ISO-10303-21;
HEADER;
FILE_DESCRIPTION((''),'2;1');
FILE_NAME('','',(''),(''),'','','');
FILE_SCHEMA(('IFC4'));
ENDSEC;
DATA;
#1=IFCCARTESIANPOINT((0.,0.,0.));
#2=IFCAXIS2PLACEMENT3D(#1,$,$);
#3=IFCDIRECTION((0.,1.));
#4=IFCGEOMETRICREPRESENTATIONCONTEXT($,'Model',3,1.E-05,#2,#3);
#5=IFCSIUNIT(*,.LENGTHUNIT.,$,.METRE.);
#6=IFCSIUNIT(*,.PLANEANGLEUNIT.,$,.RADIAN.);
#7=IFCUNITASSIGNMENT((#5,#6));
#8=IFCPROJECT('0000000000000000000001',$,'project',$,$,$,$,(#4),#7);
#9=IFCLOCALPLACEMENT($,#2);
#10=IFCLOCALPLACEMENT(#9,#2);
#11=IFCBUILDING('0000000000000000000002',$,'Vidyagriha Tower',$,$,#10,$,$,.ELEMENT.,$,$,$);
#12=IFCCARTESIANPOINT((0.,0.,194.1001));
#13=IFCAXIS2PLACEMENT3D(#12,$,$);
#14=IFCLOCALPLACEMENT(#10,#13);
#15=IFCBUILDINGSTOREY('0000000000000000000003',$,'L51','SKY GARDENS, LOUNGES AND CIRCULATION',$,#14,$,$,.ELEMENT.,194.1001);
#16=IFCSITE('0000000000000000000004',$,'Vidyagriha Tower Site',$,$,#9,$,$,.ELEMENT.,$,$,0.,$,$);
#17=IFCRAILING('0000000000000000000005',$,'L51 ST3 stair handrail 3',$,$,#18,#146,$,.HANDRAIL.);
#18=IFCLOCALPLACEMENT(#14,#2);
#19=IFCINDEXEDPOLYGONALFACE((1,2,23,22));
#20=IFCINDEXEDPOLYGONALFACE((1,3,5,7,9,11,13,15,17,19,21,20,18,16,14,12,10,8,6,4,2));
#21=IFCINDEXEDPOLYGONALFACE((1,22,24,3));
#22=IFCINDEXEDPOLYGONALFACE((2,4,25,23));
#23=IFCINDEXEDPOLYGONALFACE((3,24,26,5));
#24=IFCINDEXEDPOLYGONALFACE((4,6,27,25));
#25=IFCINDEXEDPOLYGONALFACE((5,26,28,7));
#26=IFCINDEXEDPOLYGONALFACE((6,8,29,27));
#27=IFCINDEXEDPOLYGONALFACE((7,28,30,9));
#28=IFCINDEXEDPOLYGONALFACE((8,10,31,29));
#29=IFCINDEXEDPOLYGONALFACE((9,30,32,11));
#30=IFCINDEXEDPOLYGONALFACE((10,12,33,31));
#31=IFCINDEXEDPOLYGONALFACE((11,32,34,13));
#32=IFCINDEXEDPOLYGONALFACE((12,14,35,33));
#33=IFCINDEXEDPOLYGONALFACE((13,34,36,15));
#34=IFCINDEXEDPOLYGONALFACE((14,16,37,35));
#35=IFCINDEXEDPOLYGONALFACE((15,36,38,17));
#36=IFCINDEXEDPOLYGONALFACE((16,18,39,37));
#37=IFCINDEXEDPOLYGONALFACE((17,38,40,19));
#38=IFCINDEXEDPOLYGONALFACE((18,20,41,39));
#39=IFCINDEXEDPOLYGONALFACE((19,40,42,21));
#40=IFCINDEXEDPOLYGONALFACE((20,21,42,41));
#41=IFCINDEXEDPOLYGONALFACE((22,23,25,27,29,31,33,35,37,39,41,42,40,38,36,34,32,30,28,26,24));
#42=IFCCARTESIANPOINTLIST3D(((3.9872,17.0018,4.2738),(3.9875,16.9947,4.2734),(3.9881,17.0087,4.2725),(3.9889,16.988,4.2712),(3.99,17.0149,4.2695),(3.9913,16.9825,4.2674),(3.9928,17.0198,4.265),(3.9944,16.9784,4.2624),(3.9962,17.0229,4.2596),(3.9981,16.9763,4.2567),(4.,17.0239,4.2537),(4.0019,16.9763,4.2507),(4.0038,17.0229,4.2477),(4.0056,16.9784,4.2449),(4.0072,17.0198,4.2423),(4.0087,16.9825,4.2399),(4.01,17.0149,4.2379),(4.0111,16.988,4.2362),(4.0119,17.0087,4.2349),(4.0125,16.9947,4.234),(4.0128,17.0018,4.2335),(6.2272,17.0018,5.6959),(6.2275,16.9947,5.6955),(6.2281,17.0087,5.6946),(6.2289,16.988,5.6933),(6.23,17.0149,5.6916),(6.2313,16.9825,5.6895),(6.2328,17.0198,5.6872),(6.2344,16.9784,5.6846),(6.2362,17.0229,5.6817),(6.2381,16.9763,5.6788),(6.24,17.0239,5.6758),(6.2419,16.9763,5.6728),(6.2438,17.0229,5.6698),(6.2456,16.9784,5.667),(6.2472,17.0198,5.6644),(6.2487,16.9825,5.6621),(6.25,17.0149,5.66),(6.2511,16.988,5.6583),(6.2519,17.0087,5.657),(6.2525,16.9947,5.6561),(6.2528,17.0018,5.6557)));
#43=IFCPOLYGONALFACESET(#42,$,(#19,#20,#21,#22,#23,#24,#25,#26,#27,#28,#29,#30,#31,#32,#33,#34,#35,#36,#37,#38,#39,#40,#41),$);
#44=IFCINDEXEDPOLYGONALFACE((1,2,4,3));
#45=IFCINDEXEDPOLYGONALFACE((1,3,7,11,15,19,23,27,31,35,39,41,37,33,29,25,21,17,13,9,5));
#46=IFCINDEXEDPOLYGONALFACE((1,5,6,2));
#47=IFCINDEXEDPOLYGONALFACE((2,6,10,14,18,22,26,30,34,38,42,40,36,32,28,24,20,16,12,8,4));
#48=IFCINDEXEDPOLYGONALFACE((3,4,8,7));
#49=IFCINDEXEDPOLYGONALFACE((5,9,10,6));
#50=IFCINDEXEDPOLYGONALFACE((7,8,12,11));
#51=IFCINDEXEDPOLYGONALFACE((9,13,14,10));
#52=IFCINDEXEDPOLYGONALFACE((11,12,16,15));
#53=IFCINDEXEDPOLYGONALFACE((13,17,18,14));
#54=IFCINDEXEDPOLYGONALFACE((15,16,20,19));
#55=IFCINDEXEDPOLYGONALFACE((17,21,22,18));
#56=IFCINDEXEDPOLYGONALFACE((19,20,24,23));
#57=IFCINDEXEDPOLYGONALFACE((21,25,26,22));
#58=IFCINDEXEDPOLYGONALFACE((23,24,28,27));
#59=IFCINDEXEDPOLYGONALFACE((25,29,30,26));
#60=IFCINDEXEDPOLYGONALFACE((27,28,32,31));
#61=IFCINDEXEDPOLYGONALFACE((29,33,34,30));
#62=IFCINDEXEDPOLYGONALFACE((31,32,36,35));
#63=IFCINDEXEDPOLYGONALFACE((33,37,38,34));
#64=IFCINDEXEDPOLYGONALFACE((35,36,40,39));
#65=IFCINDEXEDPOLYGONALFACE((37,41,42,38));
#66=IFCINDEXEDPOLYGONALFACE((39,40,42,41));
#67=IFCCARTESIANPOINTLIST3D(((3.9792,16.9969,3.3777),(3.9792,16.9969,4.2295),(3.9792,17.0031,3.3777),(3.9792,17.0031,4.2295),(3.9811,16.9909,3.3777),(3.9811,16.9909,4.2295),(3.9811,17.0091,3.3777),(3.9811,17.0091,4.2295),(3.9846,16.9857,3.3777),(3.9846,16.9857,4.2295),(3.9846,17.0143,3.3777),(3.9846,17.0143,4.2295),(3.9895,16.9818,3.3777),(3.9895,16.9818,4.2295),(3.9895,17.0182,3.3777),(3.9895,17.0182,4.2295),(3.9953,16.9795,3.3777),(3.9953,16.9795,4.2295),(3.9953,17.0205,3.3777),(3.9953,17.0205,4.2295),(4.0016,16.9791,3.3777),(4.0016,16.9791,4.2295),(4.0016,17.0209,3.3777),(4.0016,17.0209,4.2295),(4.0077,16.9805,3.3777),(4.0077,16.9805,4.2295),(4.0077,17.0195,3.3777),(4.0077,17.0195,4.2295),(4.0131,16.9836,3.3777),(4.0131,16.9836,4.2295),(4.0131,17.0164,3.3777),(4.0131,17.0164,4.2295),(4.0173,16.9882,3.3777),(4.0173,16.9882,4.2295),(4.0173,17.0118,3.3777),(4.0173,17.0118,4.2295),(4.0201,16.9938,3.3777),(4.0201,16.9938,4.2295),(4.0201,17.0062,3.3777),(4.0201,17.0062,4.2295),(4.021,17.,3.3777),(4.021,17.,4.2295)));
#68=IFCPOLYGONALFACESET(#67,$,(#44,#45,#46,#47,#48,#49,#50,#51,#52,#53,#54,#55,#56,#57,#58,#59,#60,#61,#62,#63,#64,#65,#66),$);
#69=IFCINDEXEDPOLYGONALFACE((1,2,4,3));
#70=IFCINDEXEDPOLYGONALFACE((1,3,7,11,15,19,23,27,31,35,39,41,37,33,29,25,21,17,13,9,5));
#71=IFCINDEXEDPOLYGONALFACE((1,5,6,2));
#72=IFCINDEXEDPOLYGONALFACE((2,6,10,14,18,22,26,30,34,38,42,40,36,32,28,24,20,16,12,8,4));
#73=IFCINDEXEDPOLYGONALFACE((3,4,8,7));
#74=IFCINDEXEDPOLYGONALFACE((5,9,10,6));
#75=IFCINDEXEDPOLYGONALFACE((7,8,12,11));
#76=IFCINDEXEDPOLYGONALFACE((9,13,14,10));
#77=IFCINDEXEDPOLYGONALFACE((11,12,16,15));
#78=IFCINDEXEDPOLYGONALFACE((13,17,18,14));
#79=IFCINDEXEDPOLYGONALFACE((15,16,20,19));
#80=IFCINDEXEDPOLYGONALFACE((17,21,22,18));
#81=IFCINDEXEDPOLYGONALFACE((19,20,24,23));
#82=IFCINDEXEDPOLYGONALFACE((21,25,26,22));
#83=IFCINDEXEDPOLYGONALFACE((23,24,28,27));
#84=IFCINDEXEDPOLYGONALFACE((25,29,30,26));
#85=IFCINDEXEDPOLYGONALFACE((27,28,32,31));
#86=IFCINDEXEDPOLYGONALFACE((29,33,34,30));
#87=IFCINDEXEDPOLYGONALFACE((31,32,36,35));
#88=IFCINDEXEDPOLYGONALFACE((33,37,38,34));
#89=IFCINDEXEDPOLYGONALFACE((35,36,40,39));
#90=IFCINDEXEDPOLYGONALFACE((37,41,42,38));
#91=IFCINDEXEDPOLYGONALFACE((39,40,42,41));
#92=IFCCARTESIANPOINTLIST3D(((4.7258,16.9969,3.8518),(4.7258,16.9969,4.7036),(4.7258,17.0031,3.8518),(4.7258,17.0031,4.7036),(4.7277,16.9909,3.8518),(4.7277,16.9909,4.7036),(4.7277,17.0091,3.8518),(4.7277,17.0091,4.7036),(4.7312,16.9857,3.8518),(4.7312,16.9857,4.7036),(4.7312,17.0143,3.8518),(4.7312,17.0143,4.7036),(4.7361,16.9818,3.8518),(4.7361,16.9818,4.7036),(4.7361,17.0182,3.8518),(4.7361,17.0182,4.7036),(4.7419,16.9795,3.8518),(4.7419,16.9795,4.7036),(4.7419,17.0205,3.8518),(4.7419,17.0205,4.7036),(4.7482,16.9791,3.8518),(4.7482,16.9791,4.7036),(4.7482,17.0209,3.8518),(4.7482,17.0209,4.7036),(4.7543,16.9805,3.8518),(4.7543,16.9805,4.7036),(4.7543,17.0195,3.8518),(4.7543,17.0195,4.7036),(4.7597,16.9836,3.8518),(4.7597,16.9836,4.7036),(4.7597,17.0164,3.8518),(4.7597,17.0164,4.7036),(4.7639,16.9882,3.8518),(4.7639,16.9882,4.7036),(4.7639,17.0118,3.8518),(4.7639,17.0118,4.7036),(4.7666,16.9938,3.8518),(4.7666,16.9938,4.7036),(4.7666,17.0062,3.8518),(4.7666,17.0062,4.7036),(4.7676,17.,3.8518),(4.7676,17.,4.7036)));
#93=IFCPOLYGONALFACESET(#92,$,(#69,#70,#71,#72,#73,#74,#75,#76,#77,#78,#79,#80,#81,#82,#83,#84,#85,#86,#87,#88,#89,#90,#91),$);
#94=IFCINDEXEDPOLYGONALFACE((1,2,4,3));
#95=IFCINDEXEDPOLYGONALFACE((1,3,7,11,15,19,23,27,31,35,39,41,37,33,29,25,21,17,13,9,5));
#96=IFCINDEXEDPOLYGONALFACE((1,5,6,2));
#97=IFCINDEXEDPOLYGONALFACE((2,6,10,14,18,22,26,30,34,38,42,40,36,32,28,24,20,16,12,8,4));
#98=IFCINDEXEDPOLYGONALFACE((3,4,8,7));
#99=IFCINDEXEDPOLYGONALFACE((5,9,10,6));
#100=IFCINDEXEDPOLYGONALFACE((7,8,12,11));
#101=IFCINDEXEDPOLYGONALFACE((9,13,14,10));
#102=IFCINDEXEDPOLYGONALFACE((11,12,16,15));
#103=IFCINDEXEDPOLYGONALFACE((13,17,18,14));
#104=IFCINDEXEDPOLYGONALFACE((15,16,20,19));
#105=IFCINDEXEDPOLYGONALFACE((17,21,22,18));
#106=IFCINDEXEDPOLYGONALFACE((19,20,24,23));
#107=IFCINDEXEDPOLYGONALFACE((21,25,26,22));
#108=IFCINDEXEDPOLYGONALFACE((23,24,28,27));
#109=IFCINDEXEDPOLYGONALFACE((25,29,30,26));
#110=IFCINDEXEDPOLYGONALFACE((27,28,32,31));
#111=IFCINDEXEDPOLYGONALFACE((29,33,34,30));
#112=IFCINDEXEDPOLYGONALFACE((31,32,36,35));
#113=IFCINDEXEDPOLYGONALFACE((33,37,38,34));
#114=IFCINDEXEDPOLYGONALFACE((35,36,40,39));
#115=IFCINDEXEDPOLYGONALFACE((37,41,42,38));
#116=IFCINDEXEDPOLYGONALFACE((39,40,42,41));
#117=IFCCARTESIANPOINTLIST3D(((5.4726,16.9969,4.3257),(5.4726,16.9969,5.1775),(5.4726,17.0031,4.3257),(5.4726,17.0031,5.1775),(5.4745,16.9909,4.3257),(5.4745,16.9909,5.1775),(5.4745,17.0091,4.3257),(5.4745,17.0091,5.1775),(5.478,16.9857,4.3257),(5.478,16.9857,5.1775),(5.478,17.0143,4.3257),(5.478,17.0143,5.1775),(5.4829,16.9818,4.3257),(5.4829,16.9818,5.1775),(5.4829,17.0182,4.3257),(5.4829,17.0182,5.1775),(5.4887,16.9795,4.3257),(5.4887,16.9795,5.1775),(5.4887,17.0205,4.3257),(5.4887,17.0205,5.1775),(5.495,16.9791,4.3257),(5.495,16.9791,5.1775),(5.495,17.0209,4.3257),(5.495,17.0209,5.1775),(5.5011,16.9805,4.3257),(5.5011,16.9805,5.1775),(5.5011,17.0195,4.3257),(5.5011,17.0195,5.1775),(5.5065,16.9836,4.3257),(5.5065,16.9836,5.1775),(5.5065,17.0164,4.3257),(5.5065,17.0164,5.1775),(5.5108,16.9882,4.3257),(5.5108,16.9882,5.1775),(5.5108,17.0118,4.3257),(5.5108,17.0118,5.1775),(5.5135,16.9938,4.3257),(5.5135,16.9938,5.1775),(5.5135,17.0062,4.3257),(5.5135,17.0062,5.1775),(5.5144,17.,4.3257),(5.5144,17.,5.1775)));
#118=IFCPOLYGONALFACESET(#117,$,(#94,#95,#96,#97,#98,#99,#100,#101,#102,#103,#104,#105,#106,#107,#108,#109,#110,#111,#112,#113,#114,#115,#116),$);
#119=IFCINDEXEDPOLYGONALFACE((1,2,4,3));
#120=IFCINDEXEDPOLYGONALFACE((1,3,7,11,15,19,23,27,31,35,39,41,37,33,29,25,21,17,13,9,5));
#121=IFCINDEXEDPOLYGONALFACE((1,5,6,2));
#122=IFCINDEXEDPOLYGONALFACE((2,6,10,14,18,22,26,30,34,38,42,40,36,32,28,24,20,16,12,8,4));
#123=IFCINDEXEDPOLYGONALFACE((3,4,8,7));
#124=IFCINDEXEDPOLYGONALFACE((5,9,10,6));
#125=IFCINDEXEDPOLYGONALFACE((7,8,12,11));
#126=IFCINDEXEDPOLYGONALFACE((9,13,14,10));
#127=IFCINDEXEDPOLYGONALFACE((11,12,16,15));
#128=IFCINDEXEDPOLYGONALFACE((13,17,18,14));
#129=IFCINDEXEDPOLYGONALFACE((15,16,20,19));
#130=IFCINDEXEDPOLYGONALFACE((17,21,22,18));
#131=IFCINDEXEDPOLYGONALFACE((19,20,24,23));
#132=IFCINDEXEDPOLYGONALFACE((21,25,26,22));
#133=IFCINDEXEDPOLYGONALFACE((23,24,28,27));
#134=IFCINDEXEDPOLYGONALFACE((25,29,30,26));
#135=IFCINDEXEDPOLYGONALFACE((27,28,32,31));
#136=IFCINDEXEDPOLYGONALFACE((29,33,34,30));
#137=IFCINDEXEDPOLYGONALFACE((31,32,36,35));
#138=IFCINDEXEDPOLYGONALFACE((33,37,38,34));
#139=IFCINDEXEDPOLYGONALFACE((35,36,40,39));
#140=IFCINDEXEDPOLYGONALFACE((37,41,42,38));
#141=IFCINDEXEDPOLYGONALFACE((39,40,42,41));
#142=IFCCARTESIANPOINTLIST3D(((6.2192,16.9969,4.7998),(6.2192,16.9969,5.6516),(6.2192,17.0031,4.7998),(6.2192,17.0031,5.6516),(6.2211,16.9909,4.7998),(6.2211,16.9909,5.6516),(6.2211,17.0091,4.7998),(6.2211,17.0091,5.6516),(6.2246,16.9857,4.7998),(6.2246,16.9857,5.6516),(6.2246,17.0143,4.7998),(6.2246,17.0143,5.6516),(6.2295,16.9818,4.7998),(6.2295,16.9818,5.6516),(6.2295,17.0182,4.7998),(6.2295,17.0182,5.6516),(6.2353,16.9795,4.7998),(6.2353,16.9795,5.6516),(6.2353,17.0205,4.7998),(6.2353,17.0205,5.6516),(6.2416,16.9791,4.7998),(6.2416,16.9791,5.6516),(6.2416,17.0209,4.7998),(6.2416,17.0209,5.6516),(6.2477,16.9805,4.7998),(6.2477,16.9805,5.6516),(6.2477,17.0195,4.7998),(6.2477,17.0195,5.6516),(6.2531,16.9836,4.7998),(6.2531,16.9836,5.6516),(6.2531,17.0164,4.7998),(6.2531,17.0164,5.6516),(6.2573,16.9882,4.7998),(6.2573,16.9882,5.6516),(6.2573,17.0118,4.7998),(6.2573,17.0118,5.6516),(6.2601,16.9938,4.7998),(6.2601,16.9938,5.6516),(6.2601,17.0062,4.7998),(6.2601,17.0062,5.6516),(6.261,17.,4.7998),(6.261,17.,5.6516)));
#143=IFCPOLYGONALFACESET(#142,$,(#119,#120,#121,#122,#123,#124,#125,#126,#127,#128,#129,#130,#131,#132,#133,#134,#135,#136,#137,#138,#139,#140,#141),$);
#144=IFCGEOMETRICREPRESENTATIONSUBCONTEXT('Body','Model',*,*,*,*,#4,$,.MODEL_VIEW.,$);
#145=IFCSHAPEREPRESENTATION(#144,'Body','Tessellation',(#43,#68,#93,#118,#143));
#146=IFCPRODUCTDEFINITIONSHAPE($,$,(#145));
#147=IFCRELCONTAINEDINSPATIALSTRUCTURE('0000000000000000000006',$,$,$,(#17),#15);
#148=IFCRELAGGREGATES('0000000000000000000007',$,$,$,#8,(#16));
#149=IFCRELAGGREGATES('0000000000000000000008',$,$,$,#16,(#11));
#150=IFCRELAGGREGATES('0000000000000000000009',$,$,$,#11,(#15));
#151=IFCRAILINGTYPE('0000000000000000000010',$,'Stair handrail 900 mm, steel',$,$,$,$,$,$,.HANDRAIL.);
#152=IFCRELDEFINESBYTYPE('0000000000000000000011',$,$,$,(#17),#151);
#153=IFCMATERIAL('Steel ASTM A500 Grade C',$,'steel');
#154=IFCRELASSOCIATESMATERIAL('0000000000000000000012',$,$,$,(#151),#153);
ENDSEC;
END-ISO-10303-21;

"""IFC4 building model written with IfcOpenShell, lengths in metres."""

from ifc_helpers import new_model, si_unit, direction, frame, origin, origin_2d, place, context, subcontext, project, spatial, circle, extrude, material, type_object, element, save


model = new_model("IFC4")

# Units and contexts
model_context = context("Model", 3, precision=1e-05, world=origin(), true_north=direction((0.0, 1.0)))
body_context = subcontext(model_context, "Body", "Model", "MODEL_VIEW")
ifc_project = project(units=[si_unit("LENGTHUNIT", "METRE"), si_unit("PLANEANGLEUNIT", "RADIAN")], contexts=[model_context])

# Site, building, storey
site_placement = place(None, origin())
site = spatial("IfcSite", under=ifc_project, at=site_placement, Name="Vidyagriha Tower Site", CompositionType="ELEMENT", RefElevation=0.0)
building_placement = place(site_placement, origin())
building = spatial("IfcBuilding", under=site, at=building_placement, Name="Vidyagriha Tower", CompositionType="ELEMENT")
storey_placement = place(building_placement, frame((0.0, 0.0, 194.1001)))
storey = spatial("IfcBuildingStorey", under=building, at=storey_placement, Name="L51", Description="SKY GARDENS, LOUNGES AND CIRCULATION", CompositionType="ELEMENT", Elevation=194.1001)

# Railing
ifc_material_1 = material(Name="Steel ASTM A500 Grade C", Category="steel")
railing_type_1 = type_object("IfcRailingType", Name="Stair handrail 900 mm, steel", PredefinedType="HANDRAIL", material=ifc_material_1)
for number, where, name in (
    (1, (4.0, 17.0, 3.3777), "L51 ST3 stair handrail 3"),
):
    element("IfcRailing", number, at=place(storey_placement, frame(where)), inside=storey, type_object=railing_type_1, Name=name, PredefinedType="HANDRAIL", context=body_context, shape_type="SweptSolid", body=[
        extrude(circle(Radius=0.0239, at=origin_2d()), frame((0.0, 0.0, 0.876), z_axis=(0.844229, 0.0, 0.535982), x_axis=(0.0, 1.0, 0.0)), (0.0, 0.0, 1.0), 2.6533),
        extrude(circle(Radius=0.021, at=origin_2d()), origin(), (0.0, 0.0, 1.0), 0.8518),
        extrude(circle(Radius=0.021, at=origin_2d()), frame((0.7466, 0.0, 0.4741)), (0.0, 0.0, 1.0), 0.8518),
        extrude(circle(Radius=0.021, at=origin_2d()), frame((1.4934, 0.0, 0.948)), (0.0, 0.0, 1.0), 0.8518),
        extrude(circle(Radius=0.021, at=origin_2d()), frame((2.24, 0.0, 1.4221)), (0.0, 0.0, 1.0), 0.8518),
    ])

save(model, "model.ifc")
